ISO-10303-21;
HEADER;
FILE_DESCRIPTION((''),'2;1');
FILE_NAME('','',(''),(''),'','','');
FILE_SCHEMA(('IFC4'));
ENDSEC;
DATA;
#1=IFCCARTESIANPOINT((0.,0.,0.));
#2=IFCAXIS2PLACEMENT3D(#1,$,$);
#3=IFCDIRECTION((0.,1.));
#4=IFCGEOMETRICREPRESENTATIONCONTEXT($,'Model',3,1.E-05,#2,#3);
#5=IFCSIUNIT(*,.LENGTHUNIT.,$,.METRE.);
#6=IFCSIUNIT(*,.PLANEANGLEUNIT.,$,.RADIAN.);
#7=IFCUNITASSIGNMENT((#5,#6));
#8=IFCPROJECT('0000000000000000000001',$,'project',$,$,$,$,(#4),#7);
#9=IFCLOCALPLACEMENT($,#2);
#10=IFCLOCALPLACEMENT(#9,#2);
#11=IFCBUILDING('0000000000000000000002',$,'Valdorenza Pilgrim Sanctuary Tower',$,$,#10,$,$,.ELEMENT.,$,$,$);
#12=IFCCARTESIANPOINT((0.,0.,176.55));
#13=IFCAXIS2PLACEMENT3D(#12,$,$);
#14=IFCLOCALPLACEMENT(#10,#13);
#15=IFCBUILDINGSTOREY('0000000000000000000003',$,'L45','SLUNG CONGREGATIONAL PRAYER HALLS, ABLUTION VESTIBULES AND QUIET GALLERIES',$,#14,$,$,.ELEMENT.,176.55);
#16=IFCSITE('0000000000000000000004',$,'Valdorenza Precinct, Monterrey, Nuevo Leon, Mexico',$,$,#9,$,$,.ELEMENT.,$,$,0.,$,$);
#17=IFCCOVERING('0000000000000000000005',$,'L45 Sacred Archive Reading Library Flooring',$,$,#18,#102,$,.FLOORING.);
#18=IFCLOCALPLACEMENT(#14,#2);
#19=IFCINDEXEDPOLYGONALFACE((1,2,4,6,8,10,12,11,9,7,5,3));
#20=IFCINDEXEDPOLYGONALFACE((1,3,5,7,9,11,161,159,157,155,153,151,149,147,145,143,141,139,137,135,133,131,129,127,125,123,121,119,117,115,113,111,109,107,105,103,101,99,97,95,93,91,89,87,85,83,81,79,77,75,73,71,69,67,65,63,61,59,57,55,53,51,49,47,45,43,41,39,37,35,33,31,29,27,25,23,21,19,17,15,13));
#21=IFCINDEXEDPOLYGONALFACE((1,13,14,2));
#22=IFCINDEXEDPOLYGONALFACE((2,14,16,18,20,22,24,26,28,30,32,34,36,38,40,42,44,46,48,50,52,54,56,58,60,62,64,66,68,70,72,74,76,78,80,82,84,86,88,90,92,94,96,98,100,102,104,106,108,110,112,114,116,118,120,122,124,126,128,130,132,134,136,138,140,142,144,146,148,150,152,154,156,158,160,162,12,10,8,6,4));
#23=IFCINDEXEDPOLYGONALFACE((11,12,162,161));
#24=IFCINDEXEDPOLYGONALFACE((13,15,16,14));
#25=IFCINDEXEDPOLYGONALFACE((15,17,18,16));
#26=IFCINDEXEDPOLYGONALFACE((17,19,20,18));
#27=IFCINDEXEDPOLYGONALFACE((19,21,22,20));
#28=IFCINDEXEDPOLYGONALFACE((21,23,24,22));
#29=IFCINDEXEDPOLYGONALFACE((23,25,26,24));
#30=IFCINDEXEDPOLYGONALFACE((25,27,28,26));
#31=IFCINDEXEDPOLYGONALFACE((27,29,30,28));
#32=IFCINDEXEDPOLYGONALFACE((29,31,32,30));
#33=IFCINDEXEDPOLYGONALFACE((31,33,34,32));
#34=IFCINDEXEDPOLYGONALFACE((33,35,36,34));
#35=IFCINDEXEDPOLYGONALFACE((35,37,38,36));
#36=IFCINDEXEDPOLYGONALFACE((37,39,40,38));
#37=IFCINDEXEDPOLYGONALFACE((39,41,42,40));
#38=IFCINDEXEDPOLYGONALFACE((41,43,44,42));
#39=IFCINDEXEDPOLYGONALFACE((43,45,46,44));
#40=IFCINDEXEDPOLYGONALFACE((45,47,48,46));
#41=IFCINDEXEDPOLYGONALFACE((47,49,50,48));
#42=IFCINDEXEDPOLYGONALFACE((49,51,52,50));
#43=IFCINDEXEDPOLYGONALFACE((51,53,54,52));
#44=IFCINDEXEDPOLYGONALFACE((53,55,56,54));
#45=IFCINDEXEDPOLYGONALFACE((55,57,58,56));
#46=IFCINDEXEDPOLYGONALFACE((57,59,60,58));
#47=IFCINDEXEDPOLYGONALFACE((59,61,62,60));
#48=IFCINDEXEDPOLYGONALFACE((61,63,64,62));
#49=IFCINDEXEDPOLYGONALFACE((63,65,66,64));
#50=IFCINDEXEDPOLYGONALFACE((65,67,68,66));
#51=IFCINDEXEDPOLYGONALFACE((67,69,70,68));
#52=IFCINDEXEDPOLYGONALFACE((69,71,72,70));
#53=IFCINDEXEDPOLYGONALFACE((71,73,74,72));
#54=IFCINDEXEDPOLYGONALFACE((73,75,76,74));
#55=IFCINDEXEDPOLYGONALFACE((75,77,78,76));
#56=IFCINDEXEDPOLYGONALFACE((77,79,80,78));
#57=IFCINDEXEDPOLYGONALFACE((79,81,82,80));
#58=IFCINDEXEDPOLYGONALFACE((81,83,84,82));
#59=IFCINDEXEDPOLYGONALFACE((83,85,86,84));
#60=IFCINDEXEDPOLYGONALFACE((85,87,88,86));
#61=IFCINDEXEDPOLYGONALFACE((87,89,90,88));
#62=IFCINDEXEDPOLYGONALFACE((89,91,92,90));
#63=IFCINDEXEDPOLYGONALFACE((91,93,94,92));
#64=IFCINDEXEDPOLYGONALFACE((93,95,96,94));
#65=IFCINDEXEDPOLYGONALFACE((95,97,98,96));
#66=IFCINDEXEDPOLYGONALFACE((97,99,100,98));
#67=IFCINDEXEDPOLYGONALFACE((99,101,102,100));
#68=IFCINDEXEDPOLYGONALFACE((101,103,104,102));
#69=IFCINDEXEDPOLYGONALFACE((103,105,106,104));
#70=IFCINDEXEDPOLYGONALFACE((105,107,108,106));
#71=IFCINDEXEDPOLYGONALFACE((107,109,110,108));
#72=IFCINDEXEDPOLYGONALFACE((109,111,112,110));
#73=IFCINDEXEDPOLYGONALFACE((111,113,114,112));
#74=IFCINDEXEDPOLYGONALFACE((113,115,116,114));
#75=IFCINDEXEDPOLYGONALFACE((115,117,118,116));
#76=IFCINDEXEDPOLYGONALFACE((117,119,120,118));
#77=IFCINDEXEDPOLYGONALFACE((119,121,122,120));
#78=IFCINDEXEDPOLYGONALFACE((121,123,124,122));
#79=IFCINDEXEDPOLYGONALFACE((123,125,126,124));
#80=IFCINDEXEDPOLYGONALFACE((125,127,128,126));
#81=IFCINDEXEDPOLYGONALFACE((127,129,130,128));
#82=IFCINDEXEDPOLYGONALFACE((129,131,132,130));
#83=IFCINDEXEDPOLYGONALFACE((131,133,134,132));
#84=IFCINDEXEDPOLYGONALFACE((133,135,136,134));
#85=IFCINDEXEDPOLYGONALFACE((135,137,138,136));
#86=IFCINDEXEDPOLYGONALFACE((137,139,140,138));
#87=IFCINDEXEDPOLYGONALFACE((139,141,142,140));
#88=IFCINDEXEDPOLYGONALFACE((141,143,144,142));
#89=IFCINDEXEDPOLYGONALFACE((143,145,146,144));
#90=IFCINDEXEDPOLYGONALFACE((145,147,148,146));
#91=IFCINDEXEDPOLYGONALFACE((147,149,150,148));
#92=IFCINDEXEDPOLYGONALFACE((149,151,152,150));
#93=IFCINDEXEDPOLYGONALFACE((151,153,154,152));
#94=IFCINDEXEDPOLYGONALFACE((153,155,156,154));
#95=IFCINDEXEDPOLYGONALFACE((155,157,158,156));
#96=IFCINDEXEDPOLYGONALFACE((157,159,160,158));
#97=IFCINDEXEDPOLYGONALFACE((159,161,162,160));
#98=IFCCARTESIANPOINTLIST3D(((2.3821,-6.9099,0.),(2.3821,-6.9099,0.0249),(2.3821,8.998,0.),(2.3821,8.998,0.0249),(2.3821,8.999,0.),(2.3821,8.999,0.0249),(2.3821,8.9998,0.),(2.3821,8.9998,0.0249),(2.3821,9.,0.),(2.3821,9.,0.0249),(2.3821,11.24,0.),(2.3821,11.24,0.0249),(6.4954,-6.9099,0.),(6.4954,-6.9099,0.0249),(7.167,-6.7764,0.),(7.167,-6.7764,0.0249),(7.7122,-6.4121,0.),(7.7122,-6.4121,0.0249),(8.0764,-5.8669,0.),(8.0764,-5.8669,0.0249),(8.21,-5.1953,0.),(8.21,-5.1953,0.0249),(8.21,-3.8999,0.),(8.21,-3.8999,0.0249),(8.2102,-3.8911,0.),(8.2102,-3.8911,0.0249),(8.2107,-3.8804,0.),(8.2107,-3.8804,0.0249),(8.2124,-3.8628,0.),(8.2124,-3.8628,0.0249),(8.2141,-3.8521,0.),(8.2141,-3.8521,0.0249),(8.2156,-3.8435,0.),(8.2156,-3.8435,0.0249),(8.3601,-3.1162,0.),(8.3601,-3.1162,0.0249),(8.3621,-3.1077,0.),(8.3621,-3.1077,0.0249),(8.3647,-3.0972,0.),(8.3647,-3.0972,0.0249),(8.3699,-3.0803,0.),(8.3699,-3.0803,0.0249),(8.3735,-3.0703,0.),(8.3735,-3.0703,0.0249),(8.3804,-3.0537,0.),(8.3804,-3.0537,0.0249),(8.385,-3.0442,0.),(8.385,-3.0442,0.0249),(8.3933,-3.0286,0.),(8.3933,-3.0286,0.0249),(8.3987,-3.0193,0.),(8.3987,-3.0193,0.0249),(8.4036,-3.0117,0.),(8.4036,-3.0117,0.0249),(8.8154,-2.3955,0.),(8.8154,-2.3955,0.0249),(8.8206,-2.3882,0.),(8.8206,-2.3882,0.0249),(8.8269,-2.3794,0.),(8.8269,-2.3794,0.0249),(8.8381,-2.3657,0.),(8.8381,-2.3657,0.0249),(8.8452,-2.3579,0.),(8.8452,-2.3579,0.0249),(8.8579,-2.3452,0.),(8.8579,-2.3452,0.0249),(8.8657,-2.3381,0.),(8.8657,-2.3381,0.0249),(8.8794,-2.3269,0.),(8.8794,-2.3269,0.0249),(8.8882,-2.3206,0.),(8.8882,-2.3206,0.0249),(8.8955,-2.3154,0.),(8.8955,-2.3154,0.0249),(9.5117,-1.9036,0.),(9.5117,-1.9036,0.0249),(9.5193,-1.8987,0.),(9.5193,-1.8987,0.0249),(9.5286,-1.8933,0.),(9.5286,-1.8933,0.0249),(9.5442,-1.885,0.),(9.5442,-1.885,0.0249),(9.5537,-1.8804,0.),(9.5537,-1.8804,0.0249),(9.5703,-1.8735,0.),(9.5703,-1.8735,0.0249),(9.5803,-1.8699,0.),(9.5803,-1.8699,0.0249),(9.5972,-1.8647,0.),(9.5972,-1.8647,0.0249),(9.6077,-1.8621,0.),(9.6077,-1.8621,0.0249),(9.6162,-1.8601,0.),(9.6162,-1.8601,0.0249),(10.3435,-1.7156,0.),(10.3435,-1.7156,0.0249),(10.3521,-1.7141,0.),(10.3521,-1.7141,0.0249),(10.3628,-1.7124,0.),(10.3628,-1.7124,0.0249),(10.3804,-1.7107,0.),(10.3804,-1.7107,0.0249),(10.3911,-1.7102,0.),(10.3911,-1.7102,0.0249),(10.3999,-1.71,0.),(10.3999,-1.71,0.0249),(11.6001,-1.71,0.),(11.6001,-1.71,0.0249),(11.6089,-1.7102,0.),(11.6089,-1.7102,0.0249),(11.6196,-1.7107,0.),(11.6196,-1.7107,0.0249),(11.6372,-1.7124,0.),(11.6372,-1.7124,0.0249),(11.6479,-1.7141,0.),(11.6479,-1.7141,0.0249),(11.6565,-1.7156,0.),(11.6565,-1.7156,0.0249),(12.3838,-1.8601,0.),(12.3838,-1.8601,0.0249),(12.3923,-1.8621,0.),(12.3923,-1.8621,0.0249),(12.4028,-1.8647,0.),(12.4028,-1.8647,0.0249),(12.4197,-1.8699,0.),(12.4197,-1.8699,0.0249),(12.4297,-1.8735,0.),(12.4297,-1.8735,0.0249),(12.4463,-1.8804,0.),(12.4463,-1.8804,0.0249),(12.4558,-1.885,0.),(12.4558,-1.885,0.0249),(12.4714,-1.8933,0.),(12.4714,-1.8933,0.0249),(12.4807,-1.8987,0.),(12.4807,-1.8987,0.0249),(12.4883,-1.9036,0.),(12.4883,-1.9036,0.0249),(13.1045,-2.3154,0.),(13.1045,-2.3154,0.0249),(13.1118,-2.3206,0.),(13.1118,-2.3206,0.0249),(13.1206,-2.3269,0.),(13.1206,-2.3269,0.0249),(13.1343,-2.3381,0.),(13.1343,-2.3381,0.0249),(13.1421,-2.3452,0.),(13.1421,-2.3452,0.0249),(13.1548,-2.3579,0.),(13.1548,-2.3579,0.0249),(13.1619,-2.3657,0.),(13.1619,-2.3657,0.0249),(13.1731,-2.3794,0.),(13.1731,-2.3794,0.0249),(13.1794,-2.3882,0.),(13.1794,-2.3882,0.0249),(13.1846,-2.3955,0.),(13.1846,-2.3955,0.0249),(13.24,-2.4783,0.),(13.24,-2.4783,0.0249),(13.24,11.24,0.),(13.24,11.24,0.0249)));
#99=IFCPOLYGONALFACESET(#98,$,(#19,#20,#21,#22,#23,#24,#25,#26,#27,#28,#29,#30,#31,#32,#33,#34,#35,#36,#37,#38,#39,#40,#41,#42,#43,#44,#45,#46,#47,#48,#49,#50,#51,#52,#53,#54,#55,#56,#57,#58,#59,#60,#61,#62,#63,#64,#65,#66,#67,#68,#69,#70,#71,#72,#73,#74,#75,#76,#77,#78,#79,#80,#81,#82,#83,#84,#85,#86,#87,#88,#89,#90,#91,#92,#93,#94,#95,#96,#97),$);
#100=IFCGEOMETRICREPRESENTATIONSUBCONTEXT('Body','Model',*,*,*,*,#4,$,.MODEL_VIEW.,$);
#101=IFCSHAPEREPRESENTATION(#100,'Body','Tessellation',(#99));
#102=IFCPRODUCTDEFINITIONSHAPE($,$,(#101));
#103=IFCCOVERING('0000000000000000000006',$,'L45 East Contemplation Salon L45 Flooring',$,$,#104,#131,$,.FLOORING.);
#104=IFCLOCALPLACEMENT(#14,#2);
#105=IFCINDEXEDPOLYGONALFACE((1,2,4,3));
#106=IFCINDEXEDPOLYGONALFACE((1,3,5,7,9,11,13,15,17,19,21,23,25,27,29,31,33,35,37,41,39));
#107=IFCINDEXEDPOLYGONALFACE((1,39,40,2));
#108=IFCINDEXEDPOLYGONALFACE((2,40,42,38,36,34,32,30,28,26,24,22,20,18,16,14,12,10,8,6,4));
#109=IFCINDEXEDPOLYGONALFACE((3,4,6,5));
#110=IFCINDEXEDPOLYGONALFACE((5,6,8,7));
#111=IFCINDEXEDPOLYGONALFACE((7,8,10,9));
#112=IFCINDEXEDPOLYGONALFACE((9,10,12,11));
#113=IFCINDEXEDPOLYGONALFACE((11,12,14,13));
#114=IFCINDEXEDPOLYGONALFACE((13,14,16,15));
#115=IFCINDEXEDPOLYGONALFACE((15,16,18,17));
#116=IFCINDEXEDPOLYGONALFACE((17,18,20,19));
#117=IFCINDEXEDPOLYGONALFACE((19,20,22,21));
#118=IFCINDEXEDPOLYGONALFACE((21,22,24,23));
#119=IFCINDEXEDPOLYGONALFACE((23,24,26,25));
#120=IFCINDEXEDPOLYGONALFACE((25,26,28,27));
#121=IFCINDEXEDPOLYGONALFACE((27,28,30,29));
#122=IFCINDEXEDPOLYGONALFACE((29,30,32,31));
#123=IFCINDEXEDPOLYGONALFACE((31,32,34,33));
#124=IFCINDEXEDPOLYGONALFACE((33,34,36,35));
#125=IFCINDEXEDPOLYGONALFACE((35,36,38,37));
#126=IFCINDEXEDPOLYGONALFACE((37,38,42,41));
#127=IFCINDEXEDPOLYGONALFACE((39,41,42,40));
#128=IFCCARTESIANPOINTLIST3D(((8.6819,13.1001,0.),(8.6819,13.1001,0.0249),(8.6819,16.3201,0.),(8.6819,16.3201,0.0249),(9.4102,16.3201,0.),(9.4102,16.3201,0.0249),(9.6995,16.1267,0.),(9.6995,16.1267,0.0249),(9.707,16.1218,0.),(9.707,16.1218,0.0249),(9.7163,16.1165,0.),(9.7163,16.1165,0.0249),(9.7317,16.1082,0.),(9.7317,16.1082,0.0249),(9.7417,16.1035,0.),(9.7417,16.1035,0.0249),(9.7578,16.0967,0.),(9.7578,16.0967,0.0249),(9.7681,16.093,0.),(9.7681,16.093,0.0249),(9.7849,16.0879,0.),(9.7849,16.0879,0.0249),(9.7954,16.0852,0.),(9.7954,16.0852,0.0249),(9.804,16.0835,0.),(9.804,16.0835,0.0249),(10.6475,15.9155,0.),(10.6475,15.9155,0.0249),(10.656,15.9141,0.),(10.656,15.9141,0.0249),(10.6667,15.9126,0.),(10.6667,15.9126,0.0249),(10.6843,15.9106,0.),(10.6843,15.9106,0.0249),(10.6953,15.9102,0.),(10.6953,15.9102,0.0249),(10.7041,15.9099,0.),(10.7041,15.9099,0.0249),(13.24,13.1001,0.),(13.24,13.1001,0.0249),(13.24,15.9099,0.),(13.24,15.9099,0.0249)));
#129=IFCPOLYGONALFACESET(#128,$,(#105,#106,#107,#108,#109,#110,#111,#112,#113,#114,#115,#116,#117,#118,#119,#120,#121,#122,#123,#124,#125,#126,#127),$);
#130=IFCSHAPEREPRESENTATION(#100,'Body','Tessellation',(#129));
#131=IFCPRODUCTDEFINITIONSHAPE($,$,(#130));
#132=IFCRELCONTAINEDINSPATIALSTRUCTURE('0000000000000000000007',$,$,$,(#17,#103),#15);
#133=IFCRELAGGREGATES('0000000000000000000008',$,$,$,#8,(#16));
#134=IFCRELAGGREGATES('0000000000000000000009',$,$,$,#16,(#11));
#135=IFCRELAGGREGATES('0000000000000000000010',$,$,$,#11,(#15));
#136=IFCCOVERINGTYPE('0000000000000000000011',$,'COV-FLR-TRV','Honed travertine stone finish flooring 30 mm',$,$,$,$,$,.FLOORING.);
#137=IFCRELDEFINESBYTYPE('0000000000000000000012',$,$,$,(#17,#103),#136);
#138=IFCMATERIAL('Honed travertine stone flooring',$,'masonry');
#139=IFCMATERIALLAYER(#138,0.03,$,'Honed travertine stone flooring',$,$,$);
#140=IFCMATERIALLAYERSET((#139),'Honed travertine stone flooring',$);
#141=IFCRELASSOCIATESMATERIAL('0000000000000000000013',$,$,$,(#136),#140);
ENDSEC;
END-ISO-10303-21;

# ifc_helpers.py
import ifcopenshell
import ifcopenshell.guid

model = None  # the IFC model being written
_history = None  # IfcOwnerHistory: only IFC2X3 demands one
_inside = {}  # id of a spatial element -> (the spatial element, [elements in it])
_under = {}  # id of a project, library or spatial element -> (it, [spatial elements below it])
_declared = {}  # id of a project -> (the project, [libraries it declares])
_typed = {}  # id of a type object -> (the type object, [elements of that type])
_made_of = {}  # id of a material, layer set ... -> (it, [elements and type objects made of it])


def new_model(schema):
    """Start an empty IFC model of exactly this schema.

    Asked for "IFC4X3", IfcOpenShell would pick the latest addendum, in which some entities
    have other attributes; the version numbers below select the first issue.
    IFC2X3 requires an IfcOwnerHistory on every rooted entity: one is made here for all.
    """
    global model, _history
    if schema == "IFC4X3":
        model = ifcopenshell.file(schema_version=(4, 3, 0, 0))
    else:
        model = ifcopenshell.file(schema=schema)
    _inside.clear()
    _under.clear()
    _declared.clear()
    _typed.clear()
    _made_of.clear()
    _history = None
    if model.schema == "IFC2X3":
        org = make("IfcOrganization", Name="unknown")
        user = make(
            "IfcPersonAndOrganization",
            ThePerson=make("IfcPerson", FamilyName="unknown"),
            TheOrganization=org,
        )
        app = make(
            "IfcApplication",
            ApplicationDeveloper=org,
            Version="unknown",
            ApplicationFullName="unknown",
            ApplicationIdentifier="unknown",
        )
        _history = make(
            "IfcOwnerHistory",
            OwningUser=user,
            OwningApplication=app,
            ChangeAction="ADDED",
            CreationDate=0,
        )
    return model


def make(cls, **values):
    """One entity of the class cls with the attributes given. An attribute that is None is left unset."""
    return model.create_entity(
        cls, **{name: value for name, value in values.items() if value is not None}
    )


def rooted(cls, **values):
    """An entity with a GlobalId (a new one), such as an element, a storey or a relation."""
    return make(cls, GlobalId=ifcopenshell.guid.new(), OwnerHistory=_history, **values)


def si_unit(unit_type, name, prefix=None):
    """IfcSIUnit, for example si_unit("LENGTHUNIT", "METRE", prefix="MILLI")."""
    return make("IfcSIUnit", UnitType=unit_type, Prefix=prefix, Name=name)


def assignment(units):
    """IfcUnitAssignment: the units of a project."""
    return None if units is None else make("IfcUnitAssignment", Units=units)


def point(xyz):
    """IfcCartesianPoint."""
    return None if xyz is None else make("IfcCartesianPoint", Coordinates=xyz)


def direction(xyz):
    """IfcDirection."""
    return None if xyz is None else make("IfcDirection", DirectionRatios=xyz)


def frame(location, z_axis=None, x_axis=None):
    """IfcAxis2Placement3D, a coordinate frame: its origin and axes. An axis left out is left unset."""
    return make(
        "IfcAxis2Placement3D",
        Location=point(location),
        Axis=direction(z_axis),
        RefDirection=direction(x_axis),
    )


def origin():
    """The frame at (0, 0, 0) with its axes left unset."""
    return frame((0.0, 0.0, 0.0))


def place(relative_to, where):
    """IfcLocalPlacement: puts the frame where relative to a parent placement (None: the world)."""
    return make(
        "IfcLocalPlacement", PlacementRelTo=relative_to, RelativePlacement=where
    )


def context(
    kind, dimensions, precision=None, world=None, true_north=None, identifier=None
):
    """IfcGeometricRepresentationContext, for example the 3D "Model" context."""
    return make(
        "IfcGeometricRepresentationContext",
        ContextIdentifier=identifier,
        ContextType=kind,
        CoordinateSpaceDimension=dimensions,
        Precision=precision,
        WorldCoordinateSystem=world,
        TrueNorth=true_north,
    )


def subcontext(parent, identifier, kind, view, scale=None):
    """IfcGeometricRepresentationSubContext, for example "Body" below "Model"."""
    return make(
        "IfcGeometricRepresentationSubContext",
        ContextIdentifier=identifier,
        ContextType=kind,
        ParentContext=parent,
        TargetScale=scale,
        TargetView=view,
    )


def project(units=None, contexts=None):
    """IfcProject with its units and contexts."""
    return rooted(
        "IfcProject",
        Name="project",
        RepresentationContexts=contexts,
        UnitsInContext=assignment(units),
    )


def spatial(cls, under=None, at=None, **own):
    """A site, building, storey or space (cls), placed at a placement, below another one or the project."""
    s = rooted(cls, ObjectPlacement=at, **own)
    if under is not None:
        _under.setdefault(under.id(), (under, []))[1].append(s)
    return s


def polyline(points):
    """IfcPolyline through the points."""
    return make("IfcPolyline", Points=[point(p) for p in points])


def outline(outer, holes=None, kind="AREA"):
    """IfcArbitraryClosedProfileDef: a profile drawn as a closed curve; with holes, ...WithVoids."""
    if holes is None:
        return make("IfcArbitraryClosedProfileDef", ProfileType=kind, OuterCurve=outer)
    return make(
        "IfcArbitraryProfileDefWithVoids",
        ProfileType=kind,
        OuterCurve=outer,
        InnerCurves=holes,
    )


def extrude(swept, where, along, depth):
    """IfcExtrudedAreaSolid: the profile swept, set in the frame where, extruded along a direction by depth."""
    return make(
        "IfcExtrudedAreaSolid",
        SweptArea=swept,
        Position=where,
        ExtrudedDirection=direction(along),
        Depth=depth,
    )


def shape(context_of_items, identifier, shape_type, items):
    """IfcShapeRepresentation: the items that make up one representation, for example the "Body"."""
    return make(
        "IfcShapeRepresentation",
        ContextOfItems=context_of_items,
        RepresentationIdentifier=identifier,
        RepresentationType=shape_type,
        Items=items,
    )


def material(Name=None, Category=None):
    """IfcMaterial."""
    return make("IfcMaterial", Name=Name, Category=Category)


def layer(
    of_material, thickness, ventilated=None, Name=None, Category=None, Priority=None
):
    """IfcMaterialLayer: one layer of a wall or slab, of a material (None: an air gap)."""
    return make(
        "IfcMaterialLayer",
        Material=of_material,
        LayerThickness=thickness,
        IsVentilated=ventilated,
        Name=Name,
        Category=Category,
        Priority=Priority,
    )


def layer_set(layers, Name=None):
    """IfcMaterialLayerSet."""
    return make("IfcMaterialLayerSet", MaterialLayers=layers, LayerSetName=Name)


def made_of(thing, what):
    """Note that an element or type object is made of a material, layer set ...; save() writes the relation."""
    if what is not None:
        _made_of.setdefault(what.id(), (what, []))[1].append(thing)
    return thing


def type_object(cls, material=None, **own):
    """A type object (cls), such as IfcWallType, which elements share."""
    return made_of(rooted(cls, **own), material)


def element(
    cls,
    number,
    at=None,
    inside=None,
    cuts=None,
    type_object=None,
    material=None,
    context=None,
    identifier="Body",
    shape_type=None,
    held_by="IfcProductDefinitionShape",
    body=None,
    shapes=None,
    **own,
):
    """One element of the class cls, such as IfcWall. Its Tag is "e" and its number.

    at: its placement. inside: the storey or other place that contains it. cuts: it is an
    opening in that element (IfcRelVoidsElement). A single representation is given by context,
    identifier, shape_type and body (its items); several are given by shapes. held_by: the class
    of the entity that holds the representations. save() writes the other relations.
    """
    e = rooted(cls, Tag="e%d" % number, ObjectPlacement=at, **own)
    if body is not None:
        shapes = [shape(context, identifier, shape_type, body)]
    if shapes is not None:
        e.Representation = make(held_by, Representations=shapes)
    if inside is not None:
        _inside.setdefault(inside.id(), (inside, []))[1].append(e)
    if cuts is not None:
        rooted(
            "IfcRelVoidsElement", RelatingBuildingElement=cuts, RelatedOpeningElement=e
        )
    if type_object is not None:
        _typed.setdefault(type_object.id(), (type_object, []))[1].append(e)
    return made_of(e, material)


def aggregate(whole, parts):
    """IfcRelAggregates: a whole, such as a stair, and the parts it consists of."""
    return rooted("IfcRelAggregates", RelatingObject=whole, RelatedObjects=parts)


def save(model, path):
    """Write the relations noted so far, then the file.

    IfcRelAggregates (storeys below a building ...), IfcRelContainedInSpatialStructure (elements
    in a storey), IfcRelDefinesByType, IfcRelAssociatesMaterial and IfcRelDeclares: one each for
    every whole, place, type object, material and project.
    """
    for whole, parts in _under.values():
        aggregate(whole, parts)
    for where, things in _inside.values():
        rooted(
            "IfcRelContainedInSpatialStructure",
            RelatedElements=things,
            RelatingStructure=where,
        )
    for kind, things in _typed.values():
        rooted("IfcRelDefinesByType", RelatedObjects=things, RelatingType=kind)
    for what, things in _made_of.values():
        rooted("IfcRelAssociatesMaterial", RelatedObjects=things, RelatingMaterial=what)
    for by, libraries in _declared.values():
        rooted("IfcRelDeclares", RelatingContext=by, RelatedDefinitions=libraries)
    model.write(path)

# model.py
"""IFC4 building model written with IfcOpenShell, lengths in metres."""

from ifc_helpers import new_model, si_unit, direction, frame, origin, place, context, subcontext, project, spatial, polyline, outline, extrude, material, layer, layer_set, type_object, element, save


model = new_model("IFC4")

# Units and contexts
model_context = context("Model", 3, precision=1e-05, world=origin(), true_north=direction((0.0, 1.0)))
body_context = subcontext(model_context, "Body", "Model", "MODEL_VIEW")
ifc_project = project(units=[si_unit("LENGTHUNIT", "METRE"), si_unit("PLANEANGLEUNIT", "RADIAN")], contexts=[model_context])

# Site, building, storey
site_placement = place(None, origin())
site = spatial("IfcSite", under=ifc_project, at=site_placement, Name="Valdorenza Precinct, Monterrey, Nuevo Leon, Mexico", CompositionType="ELEMENT", RefElevation=0.0)
building_placement = place(site_placement, origin())
building = spatial("IfcBuilding", under=site, at=building_placement, Name="Valdorenza Pilgrim Sanctuary Tower", CompositionType="ELEMENT")
storey_placement = place(building_placement, frame((0.0, 0.0, 176.55)))
storey = spatial("IfcBuildingStorey", under=building, at=storey_placement, Name="L45", Description="SLUNG CONGREGATIONAL PRAYER HALLS, ABLUTION VESTIBULES AND QUIET GALLERIES", CompositionType="ELEMENT", Elevation=176.55)

# Coverings
ifc_material_1 = material(Name="Honed travertine stone flooring", Category="masonry")
ifc_layer_1 = layer(ifc_material_1, 0.03, Name="Honed travertine stone flooring")
ifc_layer_set_1 = layer_set([ifc_layer_1], Name="Honed travertine stone flooring")
covering_type_1 = type_object("IfcCoveringType", Name="COV-FLR-TRV", Description="Honed travertine stone finish flooring 30 mm", PredefinedType="FLOORING", material=ifc_layer_set_1)
covering_1_placement = place(storey_placement, origin())
element("IfcCovering", 1, at=covering_1_placement, inside=storey, type_object=covering_type_1, Name="L45 Sacred Archive Reading Library Flooring", PredefinedType="FLOORING", context=body_context, shape_type="SweptSolid", body=[
    extrude(outline(polyline([(2.3821, 8.9998), (2.3821, 9.0), (2.3821, 11.24), (13.24, 11.24), (13.24, -2.4783), (13.1846, -2.3955), (13.1794, -2.3882), (13.1731, -2.3794), (13.1619, -2.3657), (13.1548, -2.3579), (13.1421, -2.3452), (13.1343, -2.3381), (13.1206, -2.3269), (13.1118, -2.3206), (13.1045, -2.3154), (12.4883, -1.9036), (12.4807, -1.8987), (12.4714, -1.8933), (12.4558, -1.885), (12.4463, -1.8804), (12.4297, -1.8735), (12.4197, -1.8699), (12.4028, -1.8647), (12.3923, -1.8621), (12.3838, -1.8601), (11.6565, -1.7156), (11.6479, -1.7141), (11.6372, -1.7124), (11.6196, -1.7107), (11.6089, -1.7102), (11.6001, -1.71), (10.3999, -1.71), (10.3911, -1.7102), (10.3804, -1.7107), (10.3628, -1.7124), (10.3521, -1.7141), (10.3435, -1.7156), (9.6162, -1.8601), (9.6077, -1.8621), (9.5972, -1.8647), (9.5803, -1.8699), (9.5703, -1.8735), (9.5537, -1.8804), (9.5442, -1.885), (9.5286, -1.8933), (9.5193, -1.8987), (9.5117, -1.9036), (8.8955, -2.3154), (8.8882, -2.3206), (8.8794, -2.3269), (8.8657, -2.3381), (8.8579, -2.3452), (8.8452, -2.3579), (8.8381, -2.3657), (8.8269, -2.3794), (8.8206, -2.3882), (8.8154, -2.3955), (8.4036, -3.0117), (8.3987, -3.0193), (8.3933, -3.0286), (8.385, -3.0442), (8.3804, -3.0537), (8.3735, -3.0703), (8.3699, -3.0803), (8.3647, -3.0972), (8.3621, -3.1077), (8.3601, -3.1162), (8.2156, -3.8435), (8.2141, -3.8521), (8.2124, -3.8628), (8.2107, -3.8804), (8.2102, -3.8911), (8.21, -3.8999), (8.21, -5.1953), (8.0764, -5.8669), (7.7122, -6.4121), (7.167, -6.7764), (6.4954, -6.9099), (2.3821, -6.9099), (2.3821, 8.998), (2.3821, 8.999), (2.3821, 8.9998)])), origin(), (0.0, 0.0, 1.0), 0.0249),
])
covering_2_placement = place(storey_placement, origin())
element("IfcCovering", 2, at=covering_2_placement, inside=storey, type_object=covering_type_1, Name="L45 East Contemplation Salon L45 Flooring", PredefinedType="FLOORING", context=body_context, shape_type="SweptSolid", body=[
    extrude(outline(polyline([(8.6819, 13.1001), (8.6819, 16.3201), (9.4102, 16.3201), (9.6995, 16.1267), (9.707, 16.1218), (9.7163, 16.1165), (9.7317, 16.1082), (9.7417, 16.1035), (9.7578, 16.0967), (9.7681, 16.093), (9.7849, 16.0879), (9.7954, 16.0852), (9.804, 16.0835), (10.6475, 15.9155), (10.656, 15.9141), (10.6667, 15.9126), (10.6843, 15.9106), (10.6953, 15.9102), (10.7041, 15.9099), (13.24, 15.9099), (13.24, 13.1001), (8.6819, 13.1001)])), origin(), (0.0, 0.0, 1.0), 0.0249),
])

save(model, "model.ifc")
